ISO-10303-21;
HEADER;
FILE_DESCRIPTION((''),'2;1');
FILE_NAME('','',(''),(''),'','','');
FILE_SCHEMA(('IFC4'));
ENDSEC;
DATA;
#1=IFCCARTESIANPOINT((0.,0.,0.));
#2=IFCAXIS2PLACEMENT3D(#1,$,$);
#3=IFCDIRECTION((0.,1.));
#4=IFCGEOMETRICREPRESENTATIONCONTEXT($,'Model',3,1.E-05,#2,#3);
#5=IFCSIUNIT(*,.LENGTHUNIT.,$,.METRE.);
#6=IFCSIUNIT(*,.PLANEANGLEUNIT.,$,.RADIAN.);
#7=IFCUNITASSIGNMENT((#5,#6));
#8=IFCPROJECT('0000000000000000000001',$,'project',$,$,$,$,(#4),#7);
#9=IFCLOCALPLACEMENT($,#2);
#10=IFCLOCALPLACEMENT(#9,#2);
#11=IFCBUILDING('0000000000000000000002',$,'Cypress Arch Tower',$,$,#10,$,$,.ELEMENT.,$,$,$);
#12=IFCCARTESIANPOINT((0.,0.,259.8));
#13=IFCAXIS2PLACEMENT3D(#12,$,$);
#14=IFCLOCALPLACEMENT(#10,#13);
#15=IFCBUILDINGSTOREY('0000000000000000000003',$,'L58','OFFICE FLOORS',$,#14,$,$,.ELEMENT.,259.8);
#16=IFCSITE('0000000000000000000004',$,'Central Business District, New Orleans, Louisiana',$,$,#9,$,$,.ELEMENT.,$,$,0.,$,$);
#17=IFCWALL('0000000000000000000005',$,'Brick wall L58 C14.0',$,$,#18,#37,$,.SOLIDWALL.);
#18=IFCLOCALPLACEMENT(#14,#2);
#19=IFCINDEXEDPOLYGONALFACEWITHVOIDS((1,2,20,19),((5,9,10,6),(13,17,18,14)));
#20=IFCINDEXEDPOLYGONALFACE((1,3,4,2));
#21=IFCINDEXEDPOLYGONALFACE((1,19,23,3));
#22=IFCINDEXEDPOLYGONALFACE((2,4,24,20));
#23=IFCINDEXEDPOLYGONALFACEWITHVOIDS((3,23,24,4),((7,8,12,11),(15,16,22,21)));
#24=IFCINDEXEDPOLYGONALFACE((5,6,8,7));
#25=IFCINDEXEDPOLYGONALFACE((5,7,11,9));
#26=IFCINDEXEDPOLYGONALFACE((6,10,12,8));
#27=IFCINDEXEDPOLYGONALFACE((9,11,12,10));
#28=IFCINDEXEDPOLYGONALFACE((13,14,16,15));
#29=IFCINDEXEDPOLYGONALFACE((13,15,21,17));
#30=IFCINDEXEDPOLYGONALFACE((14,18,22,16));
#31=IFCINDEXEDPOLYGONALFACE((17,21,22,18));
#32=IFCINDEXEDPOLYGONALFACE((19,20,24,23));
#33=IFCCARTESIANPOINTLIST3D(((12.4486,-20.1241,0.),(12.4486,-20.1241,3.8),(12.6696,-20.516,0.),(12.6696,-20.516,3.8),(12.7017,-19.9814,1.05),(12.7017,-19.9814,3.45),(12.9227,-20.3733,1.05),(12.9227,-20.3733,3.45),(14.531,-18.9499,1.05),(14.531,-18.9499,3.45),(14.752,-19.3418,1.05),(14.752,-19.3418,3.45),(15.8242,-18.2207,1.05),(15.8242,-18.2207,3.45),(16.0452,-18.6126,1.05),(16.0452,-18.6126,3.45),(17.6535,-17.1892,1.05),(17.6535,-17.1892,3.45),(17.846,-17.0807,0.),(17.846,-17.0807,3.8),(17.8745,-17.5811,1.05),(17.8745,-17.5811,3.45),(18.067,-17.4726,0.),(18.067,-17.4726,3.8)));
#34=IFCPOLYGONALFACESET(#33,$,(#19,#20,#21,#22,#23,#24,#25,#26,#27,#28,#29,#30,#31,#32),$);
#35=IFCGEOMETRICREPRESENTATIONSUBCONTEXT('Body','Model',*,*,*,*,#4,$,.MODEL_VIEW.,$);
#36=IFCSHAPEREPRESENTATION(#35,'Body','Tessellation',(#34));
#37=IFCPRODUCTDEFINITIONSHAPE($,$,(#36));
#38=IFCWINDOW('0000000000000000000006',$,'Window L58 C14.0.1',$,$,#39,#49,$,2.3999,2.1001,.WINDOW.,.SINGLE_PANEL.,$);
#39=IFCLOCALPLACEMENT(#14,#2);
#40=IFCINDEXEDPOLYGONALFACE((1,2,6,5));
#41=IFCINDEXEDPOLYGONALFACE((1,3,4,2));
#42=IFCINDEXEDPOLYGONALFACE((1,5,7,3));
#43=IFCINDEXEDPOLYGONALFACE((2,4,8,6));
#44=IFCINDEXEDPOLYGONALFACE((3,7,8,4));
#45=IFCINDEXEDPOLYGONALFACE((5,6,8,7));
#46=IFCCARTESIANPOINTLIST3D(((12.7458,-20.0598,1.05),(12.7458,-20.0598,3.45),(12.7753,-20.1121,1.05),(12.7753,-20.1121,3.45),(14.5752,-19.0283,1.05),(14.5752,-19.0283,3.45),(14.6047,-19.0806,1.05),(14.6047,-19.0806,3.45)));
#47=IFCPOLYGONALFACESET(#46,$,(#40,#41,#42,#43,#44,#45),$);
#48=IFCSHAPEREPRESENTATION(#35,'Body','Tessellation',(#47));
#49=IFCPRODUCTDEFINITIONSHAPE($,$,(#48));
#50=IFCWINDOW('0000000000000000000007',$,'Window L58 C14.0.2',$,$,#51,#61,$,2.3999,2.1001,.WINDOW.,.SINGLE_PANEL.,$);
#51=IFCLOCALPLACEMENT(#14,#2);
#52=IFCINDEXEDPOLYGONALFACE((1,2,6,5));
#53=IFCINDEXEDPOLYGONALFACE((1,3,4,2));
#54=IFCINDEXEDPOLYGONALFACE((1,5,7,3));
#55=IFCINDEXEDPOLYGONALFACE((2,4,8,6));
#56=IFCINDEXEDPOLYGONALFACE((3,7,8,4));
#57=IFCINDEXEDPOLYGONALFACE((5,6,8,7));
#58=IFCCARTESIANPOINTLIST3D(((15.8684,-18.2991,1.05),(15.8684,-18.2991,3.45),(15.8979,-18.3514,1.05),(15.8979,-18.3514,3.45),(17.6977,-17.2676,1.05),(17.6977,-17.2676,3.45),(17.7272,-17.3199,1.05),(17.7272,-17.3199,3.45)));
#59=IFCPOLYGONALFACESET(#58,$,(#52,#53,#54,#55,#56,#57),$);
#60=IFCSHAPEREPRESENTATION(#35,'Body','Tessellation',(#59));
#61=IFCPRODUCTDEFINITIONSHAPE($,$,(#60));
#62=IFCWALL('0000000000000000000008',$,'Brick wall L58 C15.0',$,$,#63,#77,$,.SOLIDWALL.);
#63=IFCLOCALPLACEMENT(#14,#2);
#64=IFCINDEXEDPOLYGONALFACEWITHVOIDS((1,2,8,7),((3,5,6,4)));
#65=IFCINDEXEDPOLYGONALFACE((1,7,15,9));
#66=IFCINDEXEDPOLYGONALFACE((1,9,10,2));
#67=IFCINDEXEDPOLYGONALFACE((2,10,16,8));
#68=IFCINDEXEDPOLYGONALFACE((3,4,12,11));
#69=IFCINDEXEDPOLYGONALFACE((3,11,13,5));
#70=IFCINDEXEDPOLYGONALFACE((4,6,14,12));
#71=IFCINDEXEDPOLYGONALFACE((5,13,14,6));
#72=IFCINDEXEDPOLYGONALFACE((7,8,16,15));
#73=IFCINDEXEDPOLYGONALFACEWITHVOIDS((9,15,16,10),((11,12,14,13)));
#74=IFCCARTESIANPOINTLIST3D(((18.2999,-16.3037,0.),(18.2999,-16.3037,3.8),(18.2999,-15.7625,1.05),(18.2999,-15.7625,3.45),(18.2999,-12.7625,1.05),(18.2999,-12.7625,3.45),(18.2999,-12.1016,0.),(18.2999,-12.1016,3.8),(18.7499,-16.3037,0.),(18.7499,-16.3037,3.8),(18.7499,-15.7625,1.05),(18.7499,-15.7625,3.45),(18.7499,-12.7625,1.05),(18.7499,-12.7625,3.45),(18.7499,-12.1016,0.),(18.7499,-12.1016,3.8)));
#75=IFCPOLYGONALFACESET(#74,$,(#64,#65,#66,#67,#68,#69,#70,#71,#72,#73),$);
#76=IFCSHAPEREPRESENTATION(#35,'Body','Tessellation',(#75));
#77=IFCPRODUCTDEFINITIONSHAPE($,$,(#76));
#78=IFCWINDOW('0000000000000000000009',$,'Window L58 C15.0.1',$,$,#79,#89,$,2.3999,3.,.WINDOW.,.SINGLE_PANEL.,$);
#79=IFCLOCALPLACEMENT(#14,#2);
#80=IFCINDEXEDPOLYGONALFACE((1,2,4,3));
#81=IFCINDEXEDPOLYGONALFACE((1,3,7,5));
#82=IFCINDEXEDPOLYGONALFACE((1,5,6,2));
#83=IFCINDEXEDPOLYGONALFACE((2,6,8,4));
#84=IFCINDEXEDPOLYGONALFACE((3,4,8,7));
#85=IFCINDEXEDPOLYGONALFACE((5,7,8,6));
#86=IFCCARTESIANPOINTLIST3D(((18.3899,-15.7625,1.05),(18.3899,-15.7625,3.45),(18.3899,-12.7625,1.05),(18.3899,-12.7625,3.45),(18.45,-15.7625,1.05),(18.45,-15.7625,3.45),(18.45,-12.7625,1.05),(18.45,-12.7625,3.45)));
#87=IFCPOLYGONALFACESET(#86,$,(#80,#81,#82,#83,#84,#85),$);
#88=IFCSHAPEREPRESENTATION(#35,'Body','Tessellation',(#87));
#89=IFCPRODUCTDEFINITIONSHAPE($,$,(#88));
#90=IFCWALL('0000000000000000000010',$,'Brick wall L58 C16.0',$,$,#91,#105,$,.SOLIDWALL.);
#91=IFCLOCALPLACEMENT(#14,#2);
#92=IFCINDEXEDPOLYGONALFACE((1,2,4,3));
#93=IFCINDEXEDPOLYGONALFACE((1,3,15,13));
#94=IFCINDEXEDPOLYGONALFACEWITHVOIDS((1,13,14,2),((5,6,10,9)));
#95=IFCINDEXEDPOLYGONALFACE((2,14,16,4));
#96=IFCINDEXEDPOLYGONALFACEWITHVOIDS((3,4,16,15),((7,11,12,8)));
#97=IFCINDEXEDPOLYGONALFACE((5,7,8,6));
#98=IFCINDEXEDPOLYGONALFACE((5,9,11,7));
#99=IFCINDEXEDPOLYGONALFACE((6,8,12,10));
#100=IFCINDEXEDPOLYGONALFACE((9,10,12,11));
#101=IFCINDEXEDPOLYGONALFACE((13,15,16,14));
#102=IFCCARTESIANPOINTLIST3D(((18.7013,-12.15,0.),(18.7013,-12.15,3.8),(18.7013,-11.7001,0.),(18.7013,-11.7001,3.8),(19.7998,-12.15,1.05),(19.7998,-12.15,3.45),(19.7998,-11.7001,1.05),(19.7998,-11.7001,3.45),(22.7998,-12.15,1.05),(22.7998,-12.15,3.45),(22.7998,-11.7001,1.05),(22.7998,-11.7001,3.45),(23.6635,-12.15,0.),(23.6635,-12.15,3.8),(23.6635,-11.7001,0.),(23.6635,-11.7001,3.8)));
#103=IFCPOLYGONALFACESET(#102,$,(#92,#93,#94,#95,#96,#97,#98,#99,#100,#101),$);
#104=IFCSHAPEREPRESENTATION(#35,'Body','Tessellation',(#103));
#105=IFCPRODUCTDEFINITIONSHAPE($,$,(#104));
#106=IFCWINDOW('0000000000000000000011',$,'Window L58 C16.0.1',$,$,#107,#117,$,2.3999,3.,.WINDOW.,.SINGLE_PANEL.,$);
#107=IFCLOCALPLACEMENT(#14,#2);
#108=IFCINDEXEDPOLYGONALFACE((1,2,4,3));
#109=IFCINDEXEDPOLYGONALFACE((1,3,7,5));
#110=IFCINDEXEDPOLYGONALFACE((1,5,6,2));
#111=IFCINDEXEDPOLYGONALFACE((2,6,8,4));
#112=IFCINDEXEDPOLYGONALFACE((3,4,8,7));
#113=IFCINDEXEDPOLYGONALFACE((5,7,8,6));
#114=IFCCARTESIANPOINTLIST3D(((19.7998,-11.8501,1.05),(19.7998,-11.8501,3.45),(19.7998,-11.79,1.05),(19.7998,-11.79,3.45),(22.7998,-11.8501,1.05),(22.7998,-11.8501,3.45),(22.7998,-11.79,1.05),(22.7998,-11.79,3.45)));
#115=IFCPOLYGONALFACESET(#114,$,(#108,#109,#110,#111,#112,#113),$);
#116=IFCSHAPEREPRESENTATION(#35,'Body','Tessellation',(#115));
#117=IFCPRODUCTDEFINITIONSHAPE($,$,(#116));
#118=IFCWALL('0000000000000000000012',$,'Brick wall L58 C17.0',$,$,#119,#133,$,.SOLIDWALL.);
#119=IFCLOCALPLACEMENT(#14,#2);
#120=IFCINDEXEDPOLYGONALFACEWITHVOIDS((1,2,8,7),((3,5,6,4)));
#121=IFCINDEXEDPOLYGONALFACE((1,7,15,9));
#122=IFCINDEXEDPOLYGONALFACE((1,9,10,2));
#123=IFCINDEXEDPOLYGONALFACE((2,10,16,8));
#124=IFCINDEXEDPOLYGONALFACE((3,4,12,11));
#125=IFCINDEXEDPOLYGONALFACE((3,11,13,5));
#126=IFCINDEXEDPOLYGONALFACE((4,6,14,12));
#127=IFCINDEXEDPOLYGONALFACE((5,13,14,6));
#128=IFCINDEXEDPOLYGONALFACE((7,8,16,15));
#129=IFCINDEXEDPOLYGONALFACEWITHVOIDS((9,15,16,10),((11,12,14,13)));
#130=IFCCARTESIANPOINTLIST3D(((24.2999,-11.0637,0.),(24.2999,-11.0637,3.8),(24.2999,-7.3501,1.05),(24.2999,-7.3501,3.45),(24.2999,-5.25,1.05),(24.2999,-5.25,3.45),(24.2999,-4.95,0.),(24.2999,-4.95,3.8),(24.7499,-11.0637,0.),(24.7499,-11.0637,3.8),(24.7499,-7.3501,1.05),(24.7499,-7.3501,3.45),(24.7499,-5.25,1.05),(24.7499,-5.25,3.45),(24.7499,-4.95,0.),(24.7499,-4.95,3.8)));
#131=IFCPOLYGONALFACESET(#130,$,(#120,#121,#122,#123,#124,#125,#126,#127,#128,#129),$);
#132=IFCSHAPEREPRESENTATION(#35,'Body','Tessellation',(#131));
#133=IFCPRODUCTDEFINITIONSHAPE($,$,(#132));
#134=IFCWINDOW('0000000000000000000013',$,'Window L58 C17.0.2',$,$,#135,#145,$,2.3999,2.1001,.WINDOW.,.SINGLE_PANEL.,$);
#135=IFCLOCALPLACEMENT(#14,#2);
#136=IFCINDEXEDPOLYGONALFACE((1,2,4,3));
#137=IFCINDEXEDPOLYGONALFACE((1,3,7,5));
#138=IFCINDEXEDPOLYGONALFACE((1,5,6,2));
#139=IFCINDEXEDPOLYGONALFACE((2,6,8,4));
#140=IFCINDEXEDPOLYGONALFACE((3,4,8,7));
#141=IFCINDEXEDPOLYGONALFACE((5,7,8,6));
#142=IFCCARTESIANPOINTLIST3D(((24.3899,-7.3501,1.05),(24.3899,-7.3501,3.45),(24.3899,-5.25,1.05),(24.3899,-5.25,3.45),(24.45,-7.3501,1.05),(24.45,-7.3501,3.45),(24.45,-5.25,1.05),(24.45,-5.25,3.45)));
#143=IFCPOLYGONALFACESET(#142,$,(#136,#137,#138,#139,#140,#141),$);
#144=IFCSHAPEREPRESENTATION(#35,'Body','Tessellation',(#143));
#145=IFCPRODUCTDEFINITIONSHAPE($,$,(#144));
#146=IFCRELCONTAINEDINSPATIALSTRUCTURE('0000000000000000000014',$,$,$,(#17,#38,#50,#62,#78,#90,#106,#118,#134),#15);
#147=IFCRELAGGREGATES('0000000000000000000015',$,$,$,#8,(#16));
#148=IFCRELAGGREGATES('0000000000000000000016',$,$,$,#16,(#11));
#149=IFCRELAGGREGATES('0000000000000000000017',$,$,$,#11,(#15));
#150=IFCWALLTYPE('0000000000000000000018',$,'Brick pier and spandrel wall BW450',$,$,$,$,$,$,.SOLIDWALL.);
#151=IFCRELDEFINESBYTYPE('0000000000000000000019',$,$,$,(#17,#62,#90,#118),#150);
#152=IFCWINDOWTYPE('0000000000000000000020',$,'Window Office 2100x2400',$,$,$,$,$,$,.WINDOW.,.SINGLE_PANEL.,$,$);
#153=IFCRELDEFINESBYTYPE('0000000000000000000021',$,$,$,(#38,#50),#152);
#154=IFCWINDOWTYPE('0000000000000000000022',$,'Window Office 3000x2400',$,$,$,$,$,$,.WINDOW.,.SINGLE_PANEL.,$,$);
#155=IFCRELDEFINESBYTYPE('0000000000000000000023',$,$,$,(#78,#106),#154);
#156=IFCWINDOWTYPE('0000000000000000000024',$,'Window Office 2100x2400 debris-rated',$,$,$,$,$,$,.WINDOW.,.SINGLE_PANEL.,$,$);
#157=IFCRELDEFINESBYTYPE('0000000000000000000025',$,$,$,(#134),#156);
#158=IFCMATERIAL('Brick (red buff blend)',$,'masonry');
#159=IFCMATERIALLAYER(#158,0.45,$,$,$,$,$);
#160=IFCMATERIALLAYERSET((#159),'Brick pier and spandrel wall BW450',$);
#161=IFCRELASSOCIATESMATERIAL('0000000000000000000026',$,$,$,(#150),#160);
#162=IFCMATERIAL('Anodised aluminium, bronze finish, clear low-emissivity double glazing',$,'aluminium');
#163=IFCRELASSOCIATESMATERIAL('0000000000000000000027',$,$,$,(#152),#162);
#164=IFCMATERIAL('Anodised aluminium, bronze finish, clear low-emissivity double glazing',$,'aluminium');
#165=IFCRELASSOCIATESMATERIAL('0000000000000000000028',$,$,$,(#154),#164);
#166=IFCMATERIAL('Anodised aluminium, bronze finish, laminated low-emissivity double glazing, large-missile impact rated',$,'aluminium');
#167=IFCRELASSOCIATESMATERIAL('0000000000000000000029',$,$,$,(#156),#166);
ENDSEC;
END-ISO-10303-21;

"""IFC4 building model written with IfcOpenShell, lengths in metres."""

from ifc_helpers import new_model, si_unit, direction, frame, frame_2d, origin, place, context, subcontext, project, spatial, rectangle, extrude, material, layer, layer_set, type_object, element, fill, save


model = new_model("IFC4")

# Units and contexts
model_context = context("Model", 3, precision=1e-05, world=origin(), true_north=direction((0.0, 1.0)))
body_context = subcontext(model_context, "Body", "Model", "MODEL_VIEW")
ifc_project = project(units=[si_unit("LENGTHUNIT", "METRE"), si_unit("PLANEANGLEUNIT", "RADIAN")], contexts=[model_context])

# Site, building, storey
site_placement = place(None, origin())
site = spatial("IfcSite", under=ifc_project, at=site_placement, Name="Central Business District, New Orleans, Louisiana", CompositionType="ELEMENT", RefElevation=0.0)
building_placement = place(site_placement, origin())
building = spatial("IfcBuilding", under=site, at=building_placement, Name="Cypress Arch Tower", CompositionType="ELEMENT")
storey_placement = place(building_placement, frame((0.0, 0.0, 259.8)))
storey = spatial("IfcBuildingStorey", under=building, at=storey_placement, Name="L58", Description="OFFICE FLOORS", CompositionType="ELEMENT", Elevation=259.8)

# Wall, openings, windows
ifc_material_1 = material(Name="Brick (red buff blend)", Category="masonry")
ifc_layer_1 = layer(ifc_material_1, 0.45)
ifc_layer_set_1 = layer_set([ifc_layer_1], Name="Brick pier and spandrel wall BW450")
wall_type_1 = type_object("IfcWallType", Name="Brick pier and spandrel wall BW450", PredefinedType="SOLIDWALL", material=ifc_layer_set_1)
wall_1_placement = place(storey_placement, frame((12.5591, -20.3201, 0.0), z_axis=(0.0, 0.0, 1.0), x_axis=(0.871066, 0.491166, 0.0)))
wall_1 = element("IfcWall", 1, at=wall_1_placement, inside=storey, type_object=wall_type_1, Name="Brick wall L58 C14.0", PredefinedType="SOLIDWALL", context=body_context, shape_type="SweptSolid", body=[
    extrude(rectangle(XDim=6.1963, YDim=0.45, at=frame_2d((3.0981, 0.0))), origin(), (0.0, 0.0, 1.0), 3.8),
])
opening_1_placement = place(wall_1_placement, frame((0.2905, 0.0, 1.05)))
opening_1 = element("IfcOpeningElement", 2, at=opening_1_placement, cuts=wall_1, PredefinedType="OPENING", context=body_context, shape_type="SweptSolid", body=[
    extrude(rectangle(XDim=2.1001, YDim=2.3999, at=frame_2d((1.05, 1.2))), frame((0.0, 0.2349, 0.0), z_axis=(0.0, -1.0, 0.0), x_axis=(1.0, 0.0, 0.0)), (0.0, 0.0, 1.0), 0.47),
])
opening_2_placement = place(wall_1_placement, frame((3.8752, 0.0, 1.05)))
opening_2 = element("IfcOpeningElement", 3, at=opening_2_placement, cuts=wall_1, PredefinedType="OPENING", context=body_context, shape_type="SweptSolid", body=[
    extrude(rectangle(XDim=2.1001, YDim=2.3999, at=frame_2d((1.05, 1.2))), frame((0.0, 0.2349, 0.0), z_axis=(0.0, -1.0, 0.0), x_axis=(1.0, 0.0, 0.0)), (0.0, 0.0, 1.0), 0.47),
])
ifc_material_2 = material(Name="Anodised aluminium, bronze finish, clear low-emissivity double glazing", Category="aluminium")
window_type_1 = type_object("IfcWindowType", Name="Window Office 2100x2400", PartitioningType="SINGLE_PANEL", PredefinedType="WINDOW", material=ifc_material_2)
window_1_placement = place(opening_1_placement, origin())
window_1 = element("IfcWindow", 4, at=window_1_placement, inside=storey, type_object=window_type_1, Name="Window L58 C14.0.1", OverallHeight=2.3999, OverallWidth=2.1001, PartitioningType="SINGLE_PANEL", PredefinedType="WINDOW", context=body_context, shape_type="SweptSolid", body=[
    extrude(rectangle(XDim=2.1001, YDim=2.3999, at=frame_2d((1.05, 1.2))), frame((0.0, 0.135, 0.0), z_axis=(0.0, -1.0, 0.0), x_axis=(1.0, 0.0, 0.0)), (0.0, 0.0, 1.0), 0.0601),
])
fill(opening_1, window_1)
window_2_placement = place(opening_2_placement, origin())
window_2 = element("IfcWindow", 5, at=window_2_placement, inside=storey, type_object=window_type_1, Name="Window L58 C14.0.2", OverallHeight=2.3999, OverallWidth=2.1001, PartitioningType="SINGLE_PANEL", PredefinedType="WINDOW", context=body_context, shape_type="SweptSolid", body=[
    extrude(rectangle(XDim=2.1001, YDim=2.3999, at=frame_2d((1.05, 1.2))), frame((0.0, 0.135, 0.0), z_axis=(0.0, -1.0, 0.0), x_axis=(1.0, 0.0, 0.0)), (0.0, 0.0, 1.0), 0.0601),
])
fill(opening_2, window_2)

# Walls, openings, windows
wall_2_placement = place(storey_placement, frame((18.5249, -16.3037, 0.0), z_axis=(0.0, 0.0, 1.0), x_axis=(0.0, 1.0, 0.0)))
wall_2 = element("IfcWall", 6, at=wall_2_placement, inside=storey, type_object=wall_type_1, Name="Brick wall L58 C15.0", PredefinedType="SOLIDWALL", context=body_context, shape_type="SweptSolid", body=[
    extrude(rectangle(XDim=4.2021, YDim=0.45, at=frame_2d((2.1011, 0.0))), origin(), (0.0, 0.0, 1.0), 3.8),
])
opening_3_placement = place(wall_2_placement, frame((0.5413, 0.0, 1.05)))
opening_3 = element("IfcOpeningElement", 7, at=opening_3_placement, cuts=wall_2, PredefinedType="OPENING", context=body_context, shape_type="SweptSolid", body=[
    extrude(rectangle(XDim=3.0, YDim=2.3999, at=frame_2d((1.5, 1.2))), frame((0.0, 0.2349, 0.0), z_axis=(0.0, -1.0, 0.0), x_axis=(1.0, 0.0, 0.0)), (0.0, 0.0, 1.0), 0.47),
])
ifc_material_3 = material(Name="Anodised aluminium, bronze finish, clear low-emissivity double glazing", Category="aluminium")
window_type_2 = type_object("IfcWindowType", Name="Window Office 3000x2400", PartitioningType="SINGLE_PANEL", PredefinedType="WINDOW", material=ifc_material_3)
window_3_placement = place(opening_3_placement, origin())
window_3 = element("IfcWindow", 8, at=window_3_placement, inside=storey, type_object=window_type_2, Name="Window L58 C15.0.1", OverallHeight=2.3999, OverallWidth=3.0, PartitioningType="SINGLE_PANEL", PredefinedType="WINDOW", context=body_context, shape_type="SweptSolid", body=[
    extrude(rectangle(XDim=3.0, YDim=2.3999, at=frame_2d((1.5, 1.2))), frame((0.0, 0.135, 0.0), z_axis=(0.0, -1.0, 0.0), x_axis=(1.0, 0.0, 0.0)), (0.0, 0.0, 1.0), 0.0601),
])
fill(opening_3, window_3)
wall_3_placement = place(storey_placement, frame((18.7014, -11.925, 0.0), z_axis=(0.0, 0.0, 1.0), x_axis=(1.0, 0.0, 0.0)))
wall_3 = element("IfcWall", 9, at=wall_3_placement, inside=storey, type_object=wall_type_1, Name="Brick wall L58 C16.0", PredefinedType="SOLIDWALL", context=body_context, shape_type="SweptSolid", body=[
    extrude(rectangle(XDim=4.9622, YDim=0.45, at=frame_2d((2.481, 0.0))), origin(), (0.0, 0.0, 1.0), 3.8),
])
opening_4_placement = place(wall_3_placement, frame((1.0984, 0.0, 1.05)))
opening_4 = element("IfcOpeningElement", 10, at=opening_4_placement, cuts=wall_3, PredefinedType="OPENING", context=body_context, shape_type="SweptSolid", body=[
    extrude(rectangle(XDim=3.0, YDim=2.3999, at=frame_2d((1.5, 1.2))), frame((0.0, 0.2349, 0.0), z_axis=(0.0, -1.0, 0.0), x_axis=(1.0, 0.0, 0.0)), (0.0, 0.0, 1.0), 0.47),
])
window_4_placement = place(opening_4_placement, origin())
window_4 = element("IfcWindow", 11, at=window_4_placement, inside=storey, type_object=window_type_2, Name="Window L58 C16.0.1", OverallHeight=2.3999, OverallWidth=3.0, PartitioningType="SINGLE_PANEL", PredefinedType="WINDOW", context=body_context, shape_type="SweptSolid", body=[
    extrude(rectangle(XDim=3.0, YDim=2.3999, at=frame_2d((1.5, 1.2))), frame((0.0, 0.135, 0.0), z_axis=(0.0, -1.0, 0.0), x_axis=(1.0, 0.0, 0.0)), (0.0, 0.0, 1.0), 0.0601),
])
fill(opening_4, window_4)
wall_4_placement = place(storey_placement, frame((24.5249, -11.0637, 0.0), z_axis=(0.0, 0.0, 1.0), x_axis=(0.0, 1.0, 0.0)))
wall_4 = element("IfcWall", 12, at=wall_4_placement, inside=storey, type_object=wall_type_1, Name="Brick wall L58 C17.0", PredefinedType="SOLIDWALL", context=body_context, shape_type="SweptSolid", body=[
    extrude(rectangle(XDim=6.1138, YDim=0.45, at=frame_2d((3.0569, 0.0))), origin(), (0.0, 0.0, 1.0), 3.8),
])
opening_5_placement = place(wall_4_placement, frame((3.7136, 0.0, 1.05)))
opening_5 = element("IfcOpeningElement", 13, at=opening_5_placement, cuts=wall_4, PredefinedType="OPENING", context=body_context, shape_type="SweptSolid", body=[
    extrude(rectangle(XDim=2.1001, YDim=2.3999, at=frame_2d((1.05, 1.2))), frame((0.0, 0.2349, 0.0), z_axis=(0.0, -1.0, 0.0), x_axis=(1.0, 0.0, 0.0)), (0.0, 0.0, 1.0), 0.47),
])
ifc_material_4 = material(Name="Anodised aluminium, bronze finish, laminated low-emissivity double glazing, large-missile impact rated", Category="aluminium")
window_type_3 = type_object("IfcWindowType", Name="Window Office 2100x2400 debris-rated", PartitioningType="SINGLE_PANEL", PredefinedType="WINDOW", material=ifc_material_4)
window_5_placement = place(opening_5_placement, origin())
window_5 = element("IfcWindow", 14, at=window_5_placement, inside=storey, type_object=window_type_3, Name="Window L58 C17.0.2", OverallHeight=2.3999, OverallWidth=2.1001, PartitioningType="SINGLE_PANEL", PredefinedType="WINDOW", context=body_context, shape_type="SweptSolid", body=[
    extrude(rectangle(XDim=2.1001, YDim=2.3999, at=frame_2d((1.05, 1.2))), frame((0.0, 0.135, 0.0), z_axis=(0.0, -1.0, 0.0), x_axis=(1.0, 0.0, 0.0)), (0.0, 0.0, 1.0), 0.0601),
])
fill(opening_5, window_5)

save(model, "model.ifc")
